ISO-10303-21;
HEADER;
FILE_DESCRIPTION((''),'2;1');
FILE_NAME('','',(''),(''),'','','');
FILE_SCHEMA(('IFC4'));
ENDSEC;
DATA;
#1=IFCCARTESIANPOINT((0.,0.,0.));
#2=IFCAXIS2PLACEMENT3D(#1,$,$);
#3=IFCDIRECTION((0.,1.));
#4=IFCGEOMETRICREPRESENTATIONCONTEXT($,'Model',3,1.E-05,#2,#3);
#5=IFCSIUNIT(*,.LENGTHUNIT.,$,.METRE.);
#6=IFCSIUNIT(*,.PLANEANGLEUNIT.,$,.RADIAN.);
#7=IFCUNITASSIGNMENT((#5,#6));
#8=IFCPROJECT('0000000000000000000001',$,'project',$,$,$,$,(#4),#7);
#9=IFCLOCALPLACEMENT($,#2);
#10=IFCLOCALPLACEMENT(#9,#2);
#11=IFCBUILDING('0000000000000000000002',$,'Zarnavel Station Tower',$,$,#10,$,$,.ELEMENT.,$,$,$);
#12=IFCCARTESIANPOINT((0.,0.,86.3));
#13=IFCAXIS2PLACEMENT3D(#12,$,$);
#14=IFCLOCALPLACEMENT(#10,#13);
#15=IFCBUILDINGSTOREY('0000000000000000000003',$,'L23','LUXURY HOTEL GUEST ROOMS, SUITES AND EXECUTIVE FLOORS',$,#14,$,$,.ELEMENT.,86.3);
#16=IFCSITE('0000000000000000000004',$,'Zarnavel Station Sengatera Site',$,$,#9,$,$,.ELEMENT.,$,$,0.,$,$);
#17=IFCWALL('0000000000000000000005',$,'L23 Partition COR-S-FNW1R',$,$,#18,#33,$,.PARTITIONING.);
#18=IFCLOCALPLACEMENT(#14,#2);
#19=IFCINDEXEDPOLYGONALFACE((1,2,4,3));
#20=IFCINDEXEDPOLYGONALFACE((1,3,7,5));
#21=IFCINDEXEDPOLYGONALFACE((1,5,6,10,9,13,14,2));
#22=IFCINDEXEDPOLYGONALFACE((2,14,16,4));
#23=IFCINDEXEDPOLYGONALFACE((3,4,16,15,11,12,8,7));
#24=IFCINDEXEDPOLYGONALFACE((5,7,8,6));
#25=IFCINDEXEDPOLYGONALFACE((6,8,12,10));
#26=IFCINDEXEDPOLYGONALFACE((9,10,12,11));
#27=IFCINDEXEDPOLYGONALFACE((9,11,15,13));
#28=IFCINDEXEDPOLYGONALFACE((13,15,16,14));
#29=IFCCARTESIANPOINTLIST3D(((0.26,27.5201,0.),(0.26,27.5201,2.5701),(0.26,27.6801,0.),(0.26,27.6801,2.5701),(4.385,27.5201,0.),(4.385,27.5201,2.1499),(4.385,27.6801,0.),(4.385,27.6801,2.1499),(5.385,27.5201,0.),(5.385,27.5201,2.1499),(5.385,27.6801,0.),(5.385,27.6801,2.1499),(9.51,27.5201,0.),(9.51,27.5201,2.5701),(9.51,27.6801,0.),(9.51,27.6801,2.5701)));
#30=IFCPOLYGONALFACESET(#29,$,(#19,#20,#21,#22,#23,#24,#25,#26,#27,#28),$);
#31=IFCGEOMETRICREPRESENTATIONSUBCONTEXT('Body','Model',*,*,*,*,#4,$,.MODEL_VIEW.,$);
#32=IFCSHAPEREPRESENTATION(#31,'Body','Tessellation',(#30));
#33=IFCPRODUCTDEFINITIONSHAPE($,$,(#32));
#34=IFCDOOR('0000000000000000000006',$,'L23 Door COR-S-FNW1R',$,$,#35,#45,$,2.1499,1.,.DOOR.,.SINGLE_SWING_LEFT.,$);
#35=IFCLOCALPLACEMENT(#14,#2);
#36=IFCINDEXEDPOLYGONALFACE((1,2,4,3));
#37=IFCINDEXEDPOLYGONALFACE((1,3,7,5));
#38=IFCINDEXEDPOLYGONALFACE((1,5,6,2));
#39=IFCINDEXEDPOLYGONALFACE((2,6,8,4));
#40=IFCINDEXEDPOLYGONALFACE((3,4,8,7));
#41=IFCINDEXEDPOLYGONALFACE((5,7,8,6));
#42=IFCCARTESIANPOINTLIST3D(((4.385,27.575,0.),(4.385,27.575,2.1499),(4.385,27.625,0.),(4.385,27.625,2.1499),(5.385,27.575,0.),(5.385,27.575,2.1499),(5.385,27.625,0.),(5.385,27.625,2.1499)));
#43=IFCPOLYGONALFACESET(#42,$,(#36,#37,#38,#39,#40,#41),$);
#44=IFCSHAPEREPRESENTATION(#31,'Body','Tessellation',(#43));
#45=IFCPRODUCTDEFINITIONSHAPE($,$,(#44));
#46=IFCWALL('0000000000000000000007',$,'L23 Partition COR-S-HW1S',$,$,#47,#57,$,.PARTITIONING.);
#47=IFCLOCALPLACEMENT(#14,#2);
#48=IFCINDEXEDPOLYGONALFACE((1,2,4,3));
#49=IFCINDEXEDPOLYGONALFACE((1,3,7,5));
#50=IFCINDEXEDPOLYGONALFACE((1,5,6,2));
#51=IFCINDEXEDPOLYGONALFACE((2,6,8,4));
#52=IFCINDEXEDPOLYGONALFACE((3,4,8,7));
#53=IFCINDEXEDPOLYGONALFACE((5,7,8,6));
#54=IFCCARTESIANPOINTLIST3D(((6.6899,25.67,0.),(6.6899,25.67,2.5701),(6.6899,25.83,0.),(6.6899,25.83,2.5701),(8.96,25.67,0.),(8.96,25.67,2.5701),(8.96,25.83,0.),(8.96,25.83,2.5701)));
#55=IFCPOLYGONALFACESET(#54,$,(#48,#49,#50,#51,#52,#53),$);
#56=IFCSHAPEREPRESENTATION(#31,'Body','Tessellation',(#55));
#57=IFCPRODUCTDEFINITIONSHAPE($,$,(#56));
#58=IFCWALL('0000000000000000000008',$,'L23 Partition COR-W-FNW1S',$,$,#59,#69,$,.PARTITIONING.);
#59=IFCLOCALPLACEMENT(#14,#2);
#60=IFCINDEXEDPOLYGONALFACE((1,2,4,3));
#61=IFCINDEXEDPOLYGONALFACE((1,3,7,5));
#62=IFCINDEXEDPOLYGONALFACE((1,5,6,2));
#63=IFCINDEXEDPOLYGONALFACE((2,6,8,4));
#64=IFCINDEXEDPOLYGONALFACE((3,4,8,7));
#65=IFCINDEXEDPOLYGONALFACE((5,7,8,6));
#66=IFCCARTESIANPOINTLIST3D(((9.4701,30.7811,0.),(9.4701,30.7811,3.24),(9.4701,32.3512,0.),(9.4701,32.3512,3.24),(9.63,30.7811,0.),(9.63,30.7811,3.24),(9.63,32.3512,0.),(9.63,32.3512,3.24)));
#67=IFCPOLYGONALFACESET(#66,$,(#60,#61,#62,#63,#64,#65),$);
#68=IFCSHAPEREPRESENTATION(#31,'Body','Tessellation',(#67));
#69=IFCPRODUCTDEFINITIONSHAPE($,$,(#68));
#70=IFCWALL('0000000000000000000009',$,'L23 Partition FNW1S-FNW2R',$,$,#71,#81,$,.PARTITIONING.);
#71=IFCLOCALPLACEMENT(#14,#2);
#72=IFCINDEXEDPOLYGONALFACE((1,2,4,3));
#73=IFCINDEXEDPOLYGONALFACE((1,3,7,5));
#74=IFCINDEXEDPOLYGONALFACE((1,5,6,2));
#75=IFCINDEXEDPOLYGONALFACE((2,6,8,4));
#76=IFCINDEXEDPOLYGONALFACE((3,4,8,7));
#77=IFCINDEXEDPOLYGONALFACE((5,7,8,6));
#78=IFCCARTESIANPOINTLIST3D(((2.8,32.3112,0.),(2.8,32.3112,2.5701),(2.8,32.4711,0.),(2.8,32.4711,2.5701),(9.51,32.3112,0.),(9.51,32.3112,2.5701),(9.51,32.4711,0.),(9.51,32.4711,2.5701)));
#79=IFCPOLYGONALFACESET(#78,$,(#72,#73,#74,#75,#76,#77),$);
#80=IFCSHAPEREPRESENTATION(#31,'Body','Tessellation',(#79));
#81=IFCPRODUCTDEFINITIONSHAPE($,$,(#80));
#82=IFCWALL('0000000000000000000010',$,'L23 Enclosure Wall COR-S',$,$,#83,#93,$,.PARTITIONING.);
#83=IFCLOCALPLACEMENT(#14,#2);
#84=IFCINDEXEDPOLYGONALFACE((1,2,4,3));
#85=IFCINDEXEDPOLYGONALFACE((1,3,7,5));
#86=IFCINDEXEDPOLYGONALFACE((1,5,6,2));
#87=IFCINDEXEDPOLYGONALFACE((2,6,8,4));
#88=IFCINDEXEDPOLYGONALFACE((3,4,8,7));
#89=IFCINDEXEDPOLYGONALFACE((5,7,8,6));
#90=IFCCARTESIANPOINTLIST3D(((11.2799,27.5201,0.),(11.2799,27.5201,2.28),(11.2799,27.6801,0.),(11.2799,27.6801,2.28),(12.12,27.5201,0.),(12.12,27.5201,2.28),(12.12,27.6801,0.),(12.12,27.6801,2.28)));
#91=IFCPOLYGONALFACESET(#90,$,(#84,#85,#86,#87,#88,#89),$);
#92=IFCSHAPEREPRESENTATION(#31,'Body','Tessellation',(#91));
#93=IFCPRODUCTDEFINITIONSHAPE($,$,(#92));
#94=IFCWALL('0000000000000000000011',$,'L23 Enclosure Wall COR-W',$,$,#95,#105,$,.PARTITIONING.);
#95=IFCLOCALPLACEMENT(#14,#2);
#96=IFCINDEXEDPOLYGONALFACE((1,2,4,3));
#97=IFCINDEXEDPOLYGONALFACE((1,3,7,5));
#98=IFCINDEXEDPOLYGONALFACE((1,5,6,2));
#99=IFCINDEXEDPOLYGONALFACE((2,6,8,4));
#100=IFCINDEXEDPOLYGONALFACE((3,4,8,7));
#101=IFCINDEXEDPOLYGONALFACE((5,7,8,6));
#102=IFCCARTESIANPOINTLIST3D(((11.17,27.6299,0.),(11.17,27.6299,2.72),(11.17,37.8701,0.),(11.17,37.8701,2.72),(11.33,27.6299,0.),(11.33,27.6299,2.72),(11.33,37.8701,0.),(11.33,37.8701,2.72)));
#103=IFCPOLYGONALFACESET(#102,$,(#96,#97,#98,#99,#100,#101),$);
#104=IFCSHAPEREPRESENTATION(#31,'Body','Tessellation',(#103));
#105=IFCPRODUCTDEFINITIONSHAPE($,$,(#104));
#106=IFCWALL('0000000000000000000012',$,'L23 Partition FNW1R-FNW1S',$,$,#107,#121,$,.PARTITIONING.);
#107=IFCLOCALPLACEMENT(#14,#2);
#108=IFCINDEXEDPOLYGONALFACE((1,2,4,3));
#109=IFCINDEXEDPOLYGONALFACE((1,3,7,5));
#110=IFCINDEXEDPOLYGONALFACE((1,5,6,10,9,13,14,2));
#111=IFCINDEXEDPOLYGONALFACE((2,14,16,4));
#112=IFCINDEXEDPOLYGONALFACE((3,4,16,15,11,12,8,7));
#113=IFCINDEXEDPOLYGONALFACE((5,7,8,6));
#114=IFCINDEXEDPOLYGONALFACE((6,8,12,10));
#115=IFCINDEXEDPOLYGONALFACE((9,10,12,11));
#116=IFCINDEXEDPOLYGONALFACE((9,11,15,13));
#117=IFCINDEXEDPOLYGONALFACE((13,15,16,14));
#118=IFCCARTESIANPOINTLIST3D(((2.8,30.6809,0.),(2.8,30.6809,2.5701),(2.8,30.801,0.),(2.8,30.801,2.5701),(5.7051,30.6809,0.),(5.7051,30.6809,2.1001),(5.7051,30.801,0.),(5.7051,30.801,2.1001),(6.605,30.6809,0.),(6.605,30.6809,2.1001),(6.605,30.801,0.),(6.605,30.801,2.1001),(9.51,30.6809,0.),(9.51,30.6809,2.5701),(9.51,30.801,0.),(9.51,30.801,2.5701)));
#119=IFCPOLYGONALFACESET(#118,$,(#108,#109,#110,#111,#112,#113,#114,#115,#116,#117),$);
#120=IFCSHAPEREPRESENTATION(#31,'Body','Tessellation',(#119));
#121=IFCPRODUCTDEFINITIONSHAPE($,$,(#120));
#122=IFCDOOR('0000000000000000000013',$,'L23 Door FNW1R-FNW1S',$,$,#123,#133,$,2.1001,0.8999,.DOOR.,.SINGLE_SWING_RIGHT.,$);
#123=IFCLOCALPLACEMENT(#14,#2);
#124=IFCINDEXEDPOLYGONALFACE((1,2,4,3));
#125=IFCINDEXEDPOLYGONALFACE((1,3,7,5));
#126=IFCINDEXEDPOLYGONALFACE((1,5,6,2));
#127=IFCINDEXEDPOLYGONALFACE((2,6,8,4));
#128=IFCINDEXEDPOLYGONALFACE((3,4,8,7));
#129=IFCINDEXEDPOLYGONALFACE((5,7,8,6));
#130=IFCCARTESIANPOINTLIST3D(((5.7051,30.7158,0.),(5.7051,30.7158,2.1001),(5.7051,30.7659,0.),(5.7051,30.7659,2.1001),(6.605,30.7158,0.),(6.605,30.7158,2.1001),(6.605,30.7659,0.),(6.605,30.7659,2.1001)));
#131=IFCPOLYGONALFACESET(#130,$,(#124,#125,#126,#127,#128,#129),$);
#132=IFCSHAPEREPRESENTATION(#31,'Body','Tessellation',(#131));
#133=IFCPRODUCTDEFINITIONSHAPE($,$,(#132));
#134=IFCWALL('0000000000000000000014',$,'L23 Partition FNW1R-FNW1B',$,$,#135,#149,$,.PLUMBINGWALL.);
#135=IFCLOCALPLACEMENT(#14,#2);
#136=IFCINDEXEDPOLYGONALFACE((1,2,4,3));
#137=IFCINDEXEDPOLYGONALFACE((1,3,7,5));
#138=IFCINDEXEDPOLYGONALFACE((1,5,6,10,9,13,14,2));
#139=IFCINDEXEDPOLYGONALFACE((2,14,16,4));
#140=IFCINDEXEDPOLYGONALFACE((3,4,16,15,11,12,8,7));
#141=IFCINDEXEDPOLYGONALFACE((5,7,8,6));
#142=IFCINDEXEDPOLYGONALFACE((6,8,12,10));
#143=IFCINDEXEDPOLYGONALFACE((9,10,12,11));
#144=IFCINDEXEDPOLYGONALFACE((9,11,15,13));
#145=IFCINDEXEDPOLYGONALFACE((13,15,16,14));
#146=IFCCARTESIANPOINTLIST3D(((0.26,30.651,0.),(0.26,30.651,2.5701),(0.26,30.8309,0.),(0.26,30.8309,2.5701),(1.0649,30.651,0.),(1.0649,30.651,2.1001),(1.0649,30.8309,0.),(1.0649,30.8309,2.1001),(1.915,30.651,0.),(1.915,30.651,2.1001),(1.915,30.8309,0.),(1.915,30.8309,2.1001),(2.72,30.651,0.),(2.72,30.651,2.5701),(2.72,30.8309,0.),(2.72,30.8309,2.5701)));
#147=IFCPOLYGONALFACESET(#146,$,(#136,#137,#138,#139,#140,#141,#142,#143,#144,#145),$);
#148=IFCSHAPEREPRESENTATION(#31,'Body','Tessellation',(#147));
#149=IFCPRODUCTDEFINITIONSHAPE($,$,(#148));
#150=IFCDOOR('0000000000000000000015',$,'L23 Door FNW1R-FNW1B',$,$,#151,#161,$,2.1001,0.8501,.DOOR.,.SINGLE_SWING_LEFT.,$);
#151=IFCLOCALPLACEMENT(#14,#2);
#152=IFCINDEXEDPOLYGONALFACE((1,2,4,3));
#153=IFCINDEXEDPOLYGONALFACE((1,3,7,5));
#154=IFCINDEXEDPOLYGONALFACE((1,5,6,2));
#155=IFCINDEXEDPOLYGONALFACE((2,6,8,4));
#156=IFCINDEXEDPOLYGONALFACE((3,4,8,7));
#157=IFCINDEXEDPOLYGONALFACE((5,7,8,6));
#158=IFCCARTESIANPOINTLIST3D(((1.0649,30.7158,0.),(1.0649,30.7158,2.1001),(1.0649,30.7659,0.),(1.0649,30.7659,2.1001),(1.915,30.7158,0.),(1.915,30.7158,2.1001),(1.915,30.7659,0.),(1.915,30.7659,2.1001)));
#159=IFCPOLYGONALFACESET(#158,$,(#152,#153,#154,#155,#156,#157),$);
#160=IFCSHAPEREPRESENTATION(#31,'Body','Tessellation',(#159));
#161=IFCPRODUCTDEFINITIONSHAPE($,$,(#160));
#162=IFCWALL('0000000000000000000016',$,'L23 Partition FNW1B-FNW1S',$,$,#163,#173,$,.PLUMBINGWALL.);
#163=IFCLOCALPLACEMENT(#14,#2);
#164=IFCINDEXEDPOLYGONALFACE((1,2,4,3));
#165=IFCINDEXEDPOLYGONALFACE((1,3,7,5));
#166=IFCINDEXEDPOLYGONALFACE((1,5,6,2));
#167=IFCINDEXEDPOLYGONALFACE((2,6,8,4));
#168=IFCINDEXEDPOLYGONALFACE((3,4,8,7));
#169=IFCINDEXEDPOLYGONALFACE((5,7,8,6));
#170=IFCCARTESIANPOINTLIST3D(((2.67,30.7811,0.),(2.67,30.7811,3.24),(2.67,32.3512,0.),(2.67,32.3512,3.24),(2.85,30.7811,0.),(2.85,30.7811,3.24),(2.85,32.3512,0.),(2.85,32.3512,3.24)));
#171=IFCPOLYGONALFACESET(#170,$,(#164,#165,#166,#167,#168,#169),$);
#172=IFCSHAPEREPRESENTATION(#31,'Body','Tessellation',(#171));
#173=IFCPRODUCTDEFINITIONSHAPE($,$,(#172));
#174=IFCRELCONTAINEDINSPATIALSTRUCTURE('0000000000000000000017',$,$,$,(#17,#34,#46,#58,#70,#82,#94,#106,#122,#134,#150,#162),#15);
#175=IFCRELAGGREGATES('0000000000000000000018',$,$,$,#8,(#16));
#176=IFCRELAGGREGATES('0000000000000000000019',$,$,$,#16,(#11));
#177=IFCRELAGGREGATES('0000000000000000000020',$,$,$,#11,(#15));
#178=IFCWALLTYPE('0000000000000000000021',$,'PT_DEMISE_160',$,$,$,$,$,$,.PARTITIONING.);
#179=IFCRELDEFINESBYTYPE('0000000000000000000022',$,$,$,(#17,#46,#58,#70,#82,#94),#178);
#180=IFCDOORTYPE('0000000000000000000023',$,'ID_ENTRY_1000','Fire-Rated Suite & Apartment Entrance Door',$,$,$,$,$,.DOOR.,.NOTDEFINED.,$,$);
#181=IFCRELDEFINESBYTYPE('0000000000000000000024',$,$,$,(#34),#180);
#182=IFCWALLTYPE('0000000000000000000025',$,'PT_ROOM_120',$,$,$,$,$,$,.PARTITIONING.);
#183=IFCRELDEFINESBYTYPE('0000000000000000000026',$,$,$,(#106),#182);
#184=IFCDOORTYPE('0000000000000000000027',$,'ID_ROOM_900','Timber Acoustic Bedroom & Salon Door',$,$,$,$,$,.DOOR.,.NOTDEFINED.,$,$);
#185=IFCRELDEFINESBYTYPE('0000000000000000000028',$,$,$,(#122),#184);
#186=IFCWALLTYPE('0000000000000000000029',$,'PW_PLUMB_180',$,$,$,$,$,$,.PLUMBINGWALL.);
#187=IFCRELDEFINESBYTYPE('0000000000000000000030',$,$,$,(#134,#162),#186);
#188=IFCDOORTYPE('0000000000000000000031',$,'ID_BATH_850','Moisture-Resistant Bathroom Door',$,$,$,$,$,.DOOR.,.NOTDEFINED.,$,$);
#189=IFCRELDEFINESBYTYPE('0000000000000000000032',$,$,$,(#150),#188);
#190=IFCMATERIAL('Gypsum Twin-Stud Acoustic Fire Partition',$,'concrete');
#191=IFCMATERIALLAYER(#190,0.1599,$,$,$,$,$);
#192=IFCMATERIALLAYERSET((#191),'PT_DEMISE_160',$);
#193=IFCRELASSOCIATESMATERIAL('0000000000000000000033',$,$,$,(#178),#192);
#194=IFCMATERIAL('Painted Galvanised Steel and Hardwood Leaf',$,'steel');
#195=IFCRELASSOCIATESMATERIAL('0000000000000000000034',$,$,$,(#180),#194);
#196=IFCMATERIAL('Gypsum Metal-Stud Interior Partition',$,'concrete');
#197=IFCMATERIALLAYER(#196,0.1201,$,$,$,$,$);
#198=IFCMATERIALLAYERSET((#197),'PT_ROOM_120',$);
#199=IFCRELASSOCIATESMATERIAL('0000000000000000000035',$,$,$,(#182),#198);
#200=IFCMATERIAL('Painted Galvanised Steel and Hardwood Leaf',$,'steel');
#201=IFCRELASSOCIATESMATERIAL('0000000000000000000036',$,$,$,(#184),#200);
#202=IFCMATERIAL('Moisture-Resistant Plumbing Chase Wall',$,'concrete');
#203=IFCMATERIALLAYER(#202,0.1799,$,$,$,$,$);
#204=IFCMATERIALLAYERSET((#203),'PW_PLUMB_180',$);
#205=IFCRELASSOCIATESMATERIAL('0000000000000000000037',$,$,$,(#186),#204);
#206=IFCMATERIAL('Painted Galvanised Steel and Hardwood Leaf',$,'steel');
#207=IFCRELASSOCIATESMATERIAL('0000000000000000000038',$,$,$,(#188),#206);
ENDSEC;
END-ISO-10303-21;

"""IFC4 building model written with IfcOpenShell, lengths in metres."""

from ifc_helpers import new_model, si_unit, direction, frame, frame_2d, origin, place, context, subcontext, project, spatial, rectangle, extrude, material, layer, layer_set, type_object, element, fill, save


model = new_model("IFC4")

# Units and contexts
model_context = context("Model", 3, precision=1e-05, world=origin(), true_north=direction((0.0, 1.0)))
body_context = subcontext(model_context, "Body", "Model", "MODEL_VIEW")
ifc_project = project(units=[si_unit("LENGTHUNIT", "METRE"), si_unit("PLANEANGLEUNIT", "RADIAN")], contexts=[model_context])

# Site, building, storey
site_placement = place(None, origin())
site = spatial("IfcSite", under=ifc_project, at=site_placement, Name="Zarnavel Station Sengatera Site", CompositionType="ELEMENT", RefElevation=0.0)
building_placement = place(site_placement, origin())
building = spatial("IfcBuilding", under=site, at=building_placement, Name="Zarnavel Station Tower", CompositionType="ELEMENT")
storey_placement = place(building_placement, frame((0.0, 0.0, 86.3)))
storey = spatial("IfcBuildingStorey", under=building, at=storey_placement, Name="L23", Description="LUXURY HOTEL GUEST ROOMS, SUITES AND EXECUTIVE FLOORS", CompositionType="ELEMENT", Elevation=86.3)

# Wall, opening, door
ifc_material_1 = material(Name="Gypsum Twin-Stud Acoustic Fire Partition", Category="concrete")
ifc_layer_1 = layer(ifc_material_1, 0.1599)
ifc_layer_set_1 = layer_set([ifc_layer_1], Name="PT_DEMISE_160")
wall_type_1 = type_object("IfcWallType", Name="PT_DEMISE_160", PredefinedType="PARTITIONING", material=ifc_layer_set_1)
wall_1_placement = place(storey_placement, frame((0.26, 27.6001, 0.0), z_axis=(0.0, 0.0, 1.0), x_axis=(1.0, 0.0, 0.0)))
wall_1 = element("IfcWall", 1, at=wall_1_placement, inside=storey, type_object=wall_type_1, Name="L23 Partition COR-S-FNW1R", PredefinedType="PARTITIONING", context=body_context, shape_type="SweptSolid", body=[
    extrude(rectangle(XDim=9.25, YDim=0.1599, at=frame_2d((4.625, 0.0))), origin(), (0.0, 0.0, 1.0), 2.5701),
])
opening_1_placement = place(wall_1_placement, frame((4.125, 0.0, 0.0)))
opening_1 = element("IfcOpeningElement", 2, at=opening_1_placement, cuts=wall_1, PredefinedType="OPENING", context=body_context, shape_type="SweptSolid", body=[
    extrude(rectangle(XDim=1.0, YDim=2.1499, at=frame_2d((0.5, 1.075))), frame((0.0, 0.0898, 0.0), z_axis=(0.0, -1.0, 0.0), x_axis=(1.0, 0.0, 0.0)), (0.0, 0.0, 1.0), 0.1799),
])
ifc_material_2 = material(Name="Painted Galvanised Steel and Hardwood Leaf", Category="steel")
door_type_1 = type_object("IfcDoorType", Name="ID_ENTRY_1000", Description="Fire-Rated Suite & Apartment Entrance Door", OperationType="NOTDEFINED", PredefinedType="DOOR", material=ifc_material_2)
door_1_placement = place(opening_1_placement, origin())
door_1 = element("IfcDoor", 3, at=door_1_placement, inside=storey, type_object=door_type_1, Name="L23 Door COR-S-FNW1R", OperationType="SINGLE_SWING_LEFT", OverallHeight=2.1499, OverallWidth=1.0, PredefinedType="DOOR", context=body_context, shape_type="SweptSolid", body=[
    extrude(rectangle(XDim=1.0, YDim=2.1499, at=frame_2d((0.5, 1.075))), frame((0.0, 0.0249, 0.0), z_axis=(0.0, -1.0, 0.0), x_axis=(1.0, 0.0, 0.0)), (0.0, 0.0, 1.0), 0.05),
])
fill(opening_1, door_1)

# Wall
wall_2_placement = place(storey_placement, frame((6.6899, 25.75, 0.0), z_axis=(0.0, 0.0, 1.0), x_axis=(1.0, 0.0, 0.0)))
element("IfcWall", 4, at=wall_2_placement, inside=storey, type_object=wall_type_1, Name="L23 Partition COR-S-HW1S", PredefinedType="PARTITIONING", context=body_context, shape_type="SweptSolid", body=[
    extrude(rectangle(XDim=2.27, YDim=0.1599, at=frame_2d((1.135, 0.0))), origin(), (0.0, 0.0, 1.0), 2.5701),
])

# Wall
wall_3_placement = place(storey_placement, frame((9.55, 30.781, 0.0), z_axis=(0.0, 0.0, 1.0), x_axis=(0.0, 1.0, 0.0)))
element("IfcWall", 5, at=wall_3_placement, inside=storey, type_object=wall_type_1, Name="L23 Partition COR-W-FNW1S", PredefinedType="PARTITIONING", context=body_context, shape_type="SweptSolid", body=[
    extrude(rectangle(XDim=1.5701, YDim=0.1599, at=frame_2d((0.7852, 0.0))), origin(), (0.0, 0.0, 1.0), 3.24),
])

# Walls
wall_4_placement = place(storey_placement, frame((2.8, 32.3911, 0.0), z_axis=(0.0, 0.0, 1.0), x_axis=(1.0, 0.0, 0.0)))
element("IfcWall", 6, at=wall_4_placement, inside=storey, type_object=wall_type_1, Name="L23 Partition FNW1S-FNW2R", PredefinedType="PARTITIONING", context=body_context, shape_type="SweptSolid", body=[
    extrude(rectangle(XDim=6.71, YDim=0.1599, at=frame_2d((3.355, 0.0))), origin(), (0.0, 0.0, 1.0), 2.5701),
])
wall_5_placement = place(storey_placement, frame((11.28, 27.6001, 0.0), z_axis=(0.0, 0.0, 1.0), x_axis=(1.0, 0.0, 0.0)))
element("IfcWall", 7, at=wall_5_placement, inside=storey, type_object=wall_type_1, Name="L23 Enclosure Wall COR-S", PredefinedType="PARTITIONING", context=body_context, shape_type="SweptSolid", body=[
    extrude(rectangle(XDim=0.8401, YDim=0.1599, at=frame_2d((0.4199, 0.0))), origin(), (0.0, 0.0, 1.0), 2.28),
])
wall_6_placement = place(storey_placement, frame((11.25, 27.6299, 0.0), z_axis=(0.0, 0.0, 1.0), x_axis=(0.0, 1.0, 0.0)))
element("IfcWall", 8, at=wall_6_placement, inside=storey, type_object=wall_type_1, Name="L23 Enclosure Wall COR-W", PredefinedType="PARTITIONING", context=body_context, shape_type="SweptSolid", body=[
    extrude(rectangle(XDim=10.2402, YDim=0.1599, at=frame_2d((5.1201, 0.0))), origin(), (0.0, 0.0, 1.0), 2.72),
])

# Walls, openings, doors
ifc_material_3 = material(Name="Gypsum Metal-Stud Interior Partition", Category="concrete")
ifc_layer_2 = layer(ifc_material_3, 0.1201)
ifc_layer_set_2 = layer_set([ifc_layer_2], Name="PT_ROOM_120")
wall_type_2 = type_object("IfcWallType", Name="PT_ROOM_120", PredefinedType="PARTITIONING", material=ifc_layer_set_2)
wall_7_placement = place(storey_placement, frame((2.8, 30.741, 0.0), z_axis=(0.0, 0.0, 1.0), x_axis=(1.0, 0.0, 0.0)))
wall_7 = element("IfcWall", 9, at=wall_7_placement, inside=storey, type_object=wall_type_2, Name="L23 Partition FNW1R-FNW1S", PredefinedType="PARTITIONING", context=body_context, shape_type="SweptSolid", body=[
    extrude(rectangle(XDim=6.71, YDim=0.1201, at=frame_2d((3.355, 0.0))), origin(), (0.0, 0.0, 1.0), 2.5701),
])
opening_2_placement = place(wall_7_placement, frame((2.905, 0.0, 0.0)))
opening_2 = element("IfcOpeningElement", 10, at=opening_2_placement, cuts=wall_7, PredefinedType="OPENING", context=body_context, shape_type="SweptSolid", body=[
    extrude(rectangle(XDim=0.8999, YDim=2.1001, at=frame_2d((0.45, 1.05))), frame((0.0, 0.0701, 0.0), z_axis=(0.0, -1.0, 0.0), x_axis=(1.0, 0.0, 0.0)), (0.0, 0.0, 1.0), 0.1401),
])
ifc_material_4 = material(Name="Painted Galvanised Steel and Hardwood Leaf", Category="steel")
door_type_2 = type_object("IfcDoorType", Name="ID_ROOM_900", Description="Timber Acoustic Bedroom & Salon Door", OperationType="NOTDEFINED", PredefinedType="DOOR", material=ifc_material_4)
door_2_placement = place(opening_2_placement, origin())
door_2 = element("IfcDoor", 11, at=door_2_placement, inside=storey, type_object=door_type_2, Name="L23 Door FNW1R-FNW1S", OperationType="SINGLE_SWING_RIGHT", OverallHeight=2.1001, OverallWidth=0.8999, PredefinedType="DOOR", context=body_context, shape_type="SweptSolid", body=[
    extrude(rectangle(XDim=0.8999, YDim=2.1001, at=frame_2d((0.45, 1.05))), frame((0.0, 0.0249, 0.0), z_axis=(0.0, -1.0, 0.0), x_axis=(1.0, 0.0, 0.0)), (0.0, 0.0, 1.0), 0.05),
])
fill(opening_2, door_2)
ifc_material_5 = material(Name="Moisture-Resistant Plumbing Chase Wall", Category="concrete")
ifc_layer_3 = layer(ifc_material_5, 0.1799)
ifc_layer_set_3 = layer_set([ifc_layer_3], Name="PW_PLUMB_180")
wall_type_3 = type_object("IfcWallType", Name="PW_PLUMB_180", PredefinedType="PLUMBINGWALL", material=ifc_layer_set_3)
wall_8_placement = place(storey_placement, frame((0.26, 30.741, 0.0), z_axis=(0.0, 0.0, 1.0), x_axis=(1.0, 0.0, 0.0)))
wall_8 = element("IfcWall", 12, at=wall_8_placement, inside=storey, type_object=wall_type_3, Name="L23 Partition FNW1R-FNW1B", PredefinedType="PLUMBINGWALL", context=body_context, shape_type="SweptSolid", body=[
    extrude(rectangle(XDim=2.46, YDim=0.1799, at=frame_2d((1.23, 0.0))), origin(), (0.0, 0.0, 1.0), 2.5701),
])
opening_3_placement = place(wall_8_placement, frame((0.8049, 0.0, 0.0)))
opening_3 = element("IfcOpeningElement", 13, at=opening_3_placement, cuts=wall_8, PredefinedType="OPENING", context=body_context, shape_type="SweptSolid", body=[
    extrude(rectangle(XDim=0.8501, YDim=2.1001, at=frame_2d((0.425, 1.05))), frame((0.0, 0.0999, 0.0), z_axis=(0.0, -1.0, 0.0), x_axis=(1.0, 0.0, 0.0)), (0.0, 0.0, 1.0), 0.2),
])
ifc_material_6 = material(Name="Painted Galvanised Steel and Hardwood Leaf", Category="steel")
door_type_3 = type_object("IfcDoorType", Name="ID_BATH_850", Description="Moisture-Resistant Bathroom Door", OperationType="NOTDEFINED", PredefinedType="DOOR", material=ifc_material_6)
door_3_placement = place(opening_3_placement, origin())
door_3 = element("IfcDoor", 14, at=door_3_placement, inside=storey, type_object=door_type_3, Name="L23 Door FNW1R-FNW1B", OperationType="SINGLE_SWING_LEFT", OverallHeight=2.1001, OverallWidth=0.8501, PredefinedType="DOOR", context=body_context, shape_type="SweptSolid", body=[
    extrude(rectangle(XDim=0.8501, YDim=2.1001, at=frame_2d((0.425, 1.05))), frame((0.0, 0.0249, 0.0), z_axis=(0.0, -1.0, 0.0), x_axis=(1.0, 0.0, 0.0)), (0.0, 0.0, 1.0), 0.05),
])
fill(opening_3, door_3)

# Wall
wall_9_placement = place(storey_placement, frame((2.76, 30.781, 0.0), z_axis=(0.0, 0.0, 1.0), x_axis=(0.0, 1.0, 0.0)))
element("IfcWall", 15, at=wall_9_placement, inside=storey, type_object=wall_type_3, Name="L23 Partition FNW1B-FNW1S", PredefinedType="PLUMBINGWALL", context=body_context, shape_type="SweptSolid", body=[
    extrude(rectangle(XDim=1.5701, YDim=0.1799, at=frame_2d((0.7852, 0.0))), origin(), (0.0, 0.0, 1.0), 3.24),
])

save(model, "model.ifc")
